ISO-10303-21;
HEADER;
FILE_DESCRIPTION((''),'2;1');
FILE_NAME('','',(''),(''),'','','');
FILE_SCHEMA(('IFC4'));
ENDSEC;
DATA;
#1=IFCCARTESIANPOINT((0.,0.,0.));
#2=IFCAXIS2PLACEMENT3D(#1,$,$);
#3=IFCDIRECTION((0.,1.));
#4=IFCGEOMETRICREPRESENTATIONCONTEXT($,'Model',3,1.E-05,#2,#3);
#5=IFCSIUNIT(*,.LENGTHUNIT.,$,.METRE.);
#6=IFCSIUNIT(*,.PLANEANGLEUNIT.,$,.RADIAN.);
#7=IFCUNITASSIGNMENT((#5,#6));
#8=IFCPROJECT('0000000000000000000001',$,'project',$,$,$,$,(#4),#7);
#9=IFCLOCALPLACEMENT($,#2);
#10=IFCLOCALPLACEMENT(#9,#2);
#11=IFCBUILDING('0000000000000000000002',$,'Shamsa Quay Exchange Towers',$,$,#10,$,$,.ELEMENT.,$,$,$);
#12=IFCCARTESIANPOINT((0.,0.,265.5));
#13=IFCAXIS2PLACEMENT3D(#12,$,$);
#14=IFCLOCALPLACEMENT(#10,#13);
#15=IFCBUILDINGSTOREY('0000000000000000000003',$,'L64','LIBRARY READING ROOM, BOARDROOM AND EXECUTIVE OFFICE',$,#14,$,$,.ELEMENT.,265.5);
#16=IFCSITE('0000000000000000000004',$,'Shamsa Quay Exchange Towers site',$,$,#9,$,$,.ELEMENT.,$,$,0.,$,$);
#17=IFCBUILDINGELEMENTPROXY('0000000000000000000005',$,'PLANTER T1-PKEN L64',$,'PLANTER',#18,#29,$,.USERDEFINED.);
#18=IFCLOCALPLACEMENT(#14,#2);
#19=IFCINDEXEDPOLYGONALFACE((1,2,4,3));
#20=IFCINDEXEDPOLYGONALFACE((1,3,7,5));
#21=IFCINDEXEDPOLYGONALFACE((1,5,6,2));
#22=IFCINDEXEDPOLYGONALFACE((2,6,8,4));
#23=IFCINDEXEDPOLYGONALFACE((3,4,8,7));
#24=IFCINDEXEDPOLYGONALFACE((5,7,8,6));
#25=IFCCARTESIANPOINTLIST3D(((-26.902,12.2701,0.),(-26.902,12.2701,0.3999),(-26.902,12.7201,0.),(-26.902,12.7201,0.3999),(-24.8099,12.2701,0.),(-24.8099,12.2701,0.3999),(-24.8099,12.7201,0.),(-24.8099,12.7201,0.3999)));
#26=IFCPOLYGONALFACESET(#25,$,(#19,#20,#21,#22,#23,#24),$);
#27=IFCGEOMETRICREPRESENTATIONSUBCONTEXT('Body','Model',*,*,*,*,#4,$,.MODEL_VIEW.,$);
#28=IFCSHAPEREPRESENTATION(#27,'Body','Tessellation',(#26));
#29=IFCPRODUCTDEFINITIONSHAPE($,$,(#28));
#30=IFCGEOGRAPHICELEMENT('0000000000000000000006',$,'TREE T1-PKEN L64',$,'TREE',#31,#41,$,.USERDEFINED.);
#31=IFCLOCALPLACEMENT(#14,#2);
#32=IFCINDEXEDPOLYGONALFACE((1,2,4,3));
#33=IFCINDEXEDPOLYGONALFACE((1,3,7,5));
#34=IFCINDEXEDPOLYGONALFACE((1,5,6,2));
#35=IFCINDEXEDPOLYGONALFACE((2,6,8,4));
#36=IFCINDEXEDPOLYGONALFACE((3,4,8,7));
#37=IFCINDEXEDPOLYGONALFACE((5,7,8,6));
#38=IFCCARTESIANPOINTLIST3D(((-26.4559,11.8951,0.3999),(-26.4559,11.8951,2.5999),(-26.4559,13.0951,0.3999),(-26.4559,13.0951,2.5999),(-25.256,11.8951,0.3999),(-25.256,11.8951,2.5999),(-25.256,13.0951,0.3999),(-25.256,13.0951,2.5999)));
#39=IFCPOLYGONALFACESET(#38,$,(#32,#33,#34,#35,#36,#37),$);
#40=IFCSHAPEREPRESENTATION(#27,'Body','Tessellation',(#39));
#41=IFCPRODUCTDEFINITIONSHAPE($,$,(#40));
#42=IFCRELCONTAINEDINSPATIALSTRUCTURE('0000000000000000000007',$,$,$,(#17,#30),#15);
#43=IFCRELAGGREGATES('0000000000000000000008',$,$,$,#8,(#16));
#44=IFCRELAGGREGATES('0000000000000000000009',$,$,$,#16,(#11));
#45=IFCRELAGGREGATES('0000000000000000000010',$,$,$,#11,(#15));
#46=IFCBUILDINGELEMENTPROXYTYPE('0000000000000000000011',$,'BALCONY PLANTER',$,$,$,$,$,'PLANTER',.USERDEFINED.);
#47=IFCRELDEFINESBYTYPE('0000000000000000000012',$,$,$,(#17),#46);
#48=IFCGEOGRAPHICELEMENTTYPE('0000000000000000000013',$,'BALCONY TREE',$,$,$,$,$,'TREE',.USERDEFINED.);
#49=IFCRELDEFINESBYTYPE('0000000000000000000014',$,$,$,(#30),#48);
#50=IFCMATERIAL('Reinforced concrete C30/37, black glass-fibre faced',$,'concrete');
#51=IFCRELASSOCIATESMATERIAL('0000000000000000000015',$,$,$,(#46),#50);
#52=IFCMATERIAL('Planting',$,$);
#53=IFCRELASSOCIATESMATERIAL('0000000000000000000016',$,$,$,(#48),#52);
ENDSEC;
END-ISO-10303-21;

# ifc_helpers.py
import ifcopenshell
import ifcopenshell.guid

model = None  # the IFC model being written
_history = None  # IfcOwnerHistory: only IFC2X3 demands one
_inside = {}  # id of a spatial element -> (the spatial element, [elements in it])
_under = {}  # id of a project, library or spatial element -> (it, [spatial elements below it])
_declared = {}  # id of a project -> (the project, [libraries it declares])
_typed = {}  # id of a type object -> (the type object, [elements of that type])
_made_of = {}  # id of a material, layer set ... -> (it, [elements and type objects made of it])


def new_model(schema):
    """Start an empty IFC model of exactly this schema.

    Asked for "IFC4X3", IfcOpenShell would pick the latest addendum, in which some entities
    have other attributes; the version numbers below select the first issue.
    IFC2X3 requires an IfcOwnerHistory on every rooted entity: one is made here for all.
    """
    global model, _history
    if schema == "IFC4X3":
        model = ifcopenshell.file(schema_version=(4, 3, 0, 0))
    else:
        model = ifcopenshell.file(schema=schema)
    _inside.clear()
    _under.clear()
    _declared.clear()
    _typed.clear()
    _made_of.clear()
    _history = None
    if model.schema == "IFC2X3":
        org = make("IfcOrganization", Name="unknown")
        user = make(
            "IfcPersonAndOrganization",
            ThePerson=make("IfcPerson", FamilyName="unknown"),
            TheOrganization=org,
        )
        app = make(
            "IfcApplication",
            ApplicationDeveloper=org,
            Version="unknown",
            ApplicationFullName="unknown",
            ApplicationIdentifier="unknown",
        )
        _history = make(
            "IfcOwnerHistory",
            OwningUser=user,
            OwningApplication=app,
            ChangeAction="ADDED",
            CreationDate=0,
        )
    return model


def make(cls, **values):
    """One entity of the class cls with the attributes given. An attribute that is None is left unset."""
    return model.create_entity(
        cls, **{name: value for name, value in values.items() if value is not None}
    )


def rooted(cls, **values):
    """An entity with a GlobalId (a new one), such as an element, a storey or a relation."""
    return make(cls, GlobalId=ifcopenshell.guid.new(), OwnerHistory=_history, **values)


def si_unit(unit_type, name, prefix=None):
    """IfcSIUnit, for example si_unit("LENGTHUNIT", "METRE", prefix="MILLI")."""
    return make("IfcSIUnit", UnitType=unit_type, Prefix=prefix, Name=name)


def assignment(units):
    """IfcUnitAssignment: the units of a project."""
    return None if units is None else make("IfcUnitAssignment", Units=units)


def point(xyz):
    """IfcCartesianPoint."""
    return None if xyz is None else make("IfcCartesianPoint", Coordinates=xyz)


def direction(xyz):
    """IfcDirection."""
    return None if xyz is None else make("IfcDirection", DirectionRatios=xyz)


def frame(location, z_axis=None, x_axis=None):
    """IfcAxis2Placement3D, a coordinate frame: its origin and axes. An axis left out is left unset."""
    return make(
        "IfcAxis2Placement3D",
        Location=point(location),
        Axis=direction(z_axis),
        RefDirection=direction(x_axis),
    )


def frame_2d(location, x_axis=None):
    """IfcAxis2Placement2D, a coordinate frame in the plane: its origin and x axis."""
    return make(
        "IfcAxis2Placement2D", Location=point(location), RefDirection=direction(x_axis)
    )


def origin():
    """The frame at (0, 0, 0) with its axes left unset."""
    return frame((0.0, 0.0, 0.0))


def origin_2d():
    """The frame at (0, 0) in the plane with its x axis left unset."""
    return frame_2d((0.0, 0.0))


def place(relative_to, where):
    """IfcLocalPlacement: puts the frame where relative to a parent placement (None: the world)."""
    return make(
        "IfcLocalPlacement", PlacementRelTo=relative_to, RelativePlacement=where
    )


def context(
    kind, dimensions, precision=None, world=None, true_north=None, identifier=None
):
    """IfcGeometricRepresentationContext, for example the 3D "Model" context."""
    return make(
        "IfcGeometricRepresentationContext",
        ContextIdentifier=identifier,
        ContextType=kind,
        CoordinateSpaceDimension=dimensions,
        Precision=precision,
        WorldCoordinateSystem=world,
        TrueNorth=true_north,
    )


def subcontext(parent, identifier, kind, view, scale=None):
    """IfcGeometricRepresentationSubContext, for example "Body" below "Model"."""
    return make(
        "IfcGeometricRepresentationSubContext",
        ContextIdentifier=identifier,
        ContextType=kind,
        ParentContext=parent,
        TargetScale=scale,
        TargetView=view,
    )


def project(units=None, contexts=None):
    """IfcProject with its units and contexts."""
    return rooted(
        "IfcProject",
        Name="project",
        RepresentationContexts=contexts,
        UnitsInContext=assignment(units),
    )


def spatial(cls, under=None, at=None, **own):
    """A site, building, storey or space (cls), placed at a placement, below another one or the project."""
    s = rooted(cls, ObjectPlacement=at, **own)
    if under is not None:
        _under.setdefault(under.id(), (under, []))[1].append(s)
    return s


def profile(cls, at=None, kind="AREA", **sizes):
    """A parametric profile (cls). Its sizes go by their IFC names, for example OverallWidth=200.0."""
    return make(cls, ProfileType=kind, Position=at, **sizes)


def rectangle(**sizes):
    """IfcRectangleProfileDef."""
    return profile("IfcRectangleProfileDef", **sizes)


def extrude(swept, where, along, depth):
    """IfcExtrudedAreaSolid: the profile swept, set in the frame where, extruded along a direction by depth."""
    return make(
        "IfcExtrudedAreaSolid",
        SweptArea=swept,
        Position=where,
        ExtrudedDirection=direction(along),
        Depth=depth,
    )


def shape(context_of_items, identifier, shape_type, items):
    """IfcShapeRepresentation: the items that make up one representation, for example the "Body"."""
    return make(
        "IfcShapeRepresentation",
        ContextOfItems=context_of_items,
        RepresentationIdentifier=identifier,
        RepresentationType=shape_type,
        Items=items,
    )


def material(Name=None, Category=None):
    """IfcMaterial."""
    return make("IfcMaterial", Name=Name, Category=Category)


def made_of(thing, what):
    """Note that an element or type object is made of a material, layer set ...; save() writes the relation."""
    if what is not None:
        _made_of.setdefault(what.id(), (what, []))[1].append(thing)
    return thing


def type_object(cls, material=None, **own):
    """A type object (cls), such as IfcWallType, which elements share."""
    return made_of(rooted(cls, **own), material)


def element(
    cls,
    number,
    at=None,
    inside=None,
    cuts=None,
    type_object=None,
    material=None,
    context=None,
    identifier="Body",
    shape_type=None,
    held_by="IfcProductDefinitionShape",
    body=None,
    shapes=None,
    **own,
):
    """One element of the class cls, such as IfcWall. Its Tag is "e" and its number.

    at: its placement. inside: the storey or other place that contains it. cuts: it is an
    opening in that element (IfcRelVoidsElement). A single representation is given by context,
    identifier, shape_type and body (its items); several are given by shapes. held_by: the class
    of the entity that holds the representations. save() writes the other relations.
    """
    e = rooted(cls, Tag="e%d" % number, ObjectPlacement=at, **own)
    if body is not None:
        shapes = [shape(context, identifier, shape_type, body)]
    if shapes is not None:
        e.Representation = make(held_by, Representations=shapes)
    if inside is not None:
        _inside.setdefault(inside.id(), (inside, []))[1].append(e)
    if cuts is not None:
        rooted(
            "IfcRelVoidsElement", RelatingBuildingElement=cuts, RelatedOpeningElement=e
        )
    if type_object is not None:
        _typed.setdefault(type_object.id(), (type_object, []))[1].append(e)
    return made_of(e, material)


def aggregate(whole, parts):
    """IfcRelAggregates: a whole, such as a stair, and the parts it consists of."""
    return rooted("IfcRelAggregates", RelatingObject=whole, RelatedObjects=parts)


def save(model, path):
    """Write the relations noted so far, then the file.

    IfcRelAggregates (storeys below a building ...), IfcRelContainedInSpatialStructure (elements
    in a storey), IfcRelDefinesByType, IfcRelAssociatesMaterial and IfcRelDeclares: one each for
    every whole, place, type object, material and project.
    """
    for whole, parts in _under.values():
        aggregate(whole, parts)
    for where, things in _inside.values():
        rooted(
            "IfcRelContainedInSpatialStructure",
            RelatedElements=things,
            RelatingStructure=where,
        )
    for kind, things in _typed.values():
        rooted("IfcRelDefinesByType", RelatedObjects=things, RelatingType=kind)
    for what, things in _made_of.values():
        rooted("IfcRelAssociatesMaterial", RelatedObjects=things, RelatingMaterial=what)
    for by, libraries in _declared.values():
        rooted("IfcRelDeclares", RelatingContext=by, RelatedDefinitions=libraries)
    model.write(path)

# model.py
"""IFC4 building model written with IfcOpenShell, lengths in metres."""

from ifc_helpers import new_model, si_unit, direction, frame, origin, origin_2d, place, context, subcontext, project, spatial, rectangle, extrude, material, type_object, element, save


model = new_model("IFC4")

# Units and contexts
model_context = context("Model", 3, precision=1e-05, world=origin(), true_north=direction((0.0, 1.0)))
body_context = subcontext(model_context, "Body", "Model", "MODEL_VIEW")
ifc_project = project(units=[si_unit("LENGTHUNIT", "METRE"), si_unit("PLANEANGLEUNIT", "RADIAN")], contexts=[model_context])

# Site, building, storey
site_placement = place(None, origin())
site = spatial("IfcSite", under=ifc_project, at=site_placement, Name="Shamsa Quay Exchange Towers site", CompositionType="ELEMENT", RefElevation=0.0)
building_placement = place(site_placement, origin())
building = spatial("IfcBuilding", under=site, at=building_placement, Name="Shamsa Quay Exchange Towers", CompositionType="ELEMENT")
storey_placement = place(building_placement, frame((0.0, 0.0, 265.5)))
storey = spatial("IfcBuildingStorey", under=building, at=storey_placement, Name="L64", Description="LIBRARY READING ROOM, BOARDROOM AND EXECUTIVE OFFICE", CompositionType="ELEMENT", Elevation=265.5)

# Building element proxy
ifc_material_1 = material(Name="Reinforced concrete C30/37, black glass-fibre faced", Category="concrete")
building_element_proxy_type = type_object("IfcBuildingElementProxyType", Name="BALCONY PLANTER", ElementType="PLANTER", PredefinedType="USERDEFINED", material=ifc_material_1)
proxy_placement = place(storey_placement, frame((-25.856, 12.4951, 0.0), z_axis=(0.0, 0.0, 1.0), x_axis=(-1.0, 0.0, 0.0)))
element("IfcBuildingElementProxy", 1, at=proxy_placement, inside=storey, type_object=building_element_proxy_type, Name="PLANTER T1-PKEN L64", ObjectType="PLANTER", PredefinedType="USERDEFINED", context=body_context, shape_type="SweptSolid", body=[
    extrude(rectangle(XDim=2.092, YDim=0.45, at=origin_2d()), origin(), (0.0, 0.0, 1.0), 0.3999),
])

# Geographic element
ifc_material_2 = material(Name="Planting")
geographic_element_type = type_object("IfcGeographicElementType", Name="BALCONY TREE", ElementType="TREE", PredefinedType="USERDEFINED", material=ifc_material_2)
geographic_element_placement = place(storey_placement, frame((-25.856, 12.4951, 0.3999), z_axis=(0.0, 0.0, 1.0), x_axis=(-1.0, 0.0, 0.0)))
element("IfcGeographicElement", 2, at=geographic_element_placement, inside=storey, type_object=geographic_element_type, Name="TREE T1-PKEN L64", ObjectType="TREE", PredefinedType="USERDEFINED", context=body_context, shape_type="SweptSolid", body=[
    extrude(rectangle(XDim=1.2, YDim=1.2, at=origin_2d()), origin(), (0.0, 0.0, 1.0), 2.2),
])

save(model, "model.ifc")
